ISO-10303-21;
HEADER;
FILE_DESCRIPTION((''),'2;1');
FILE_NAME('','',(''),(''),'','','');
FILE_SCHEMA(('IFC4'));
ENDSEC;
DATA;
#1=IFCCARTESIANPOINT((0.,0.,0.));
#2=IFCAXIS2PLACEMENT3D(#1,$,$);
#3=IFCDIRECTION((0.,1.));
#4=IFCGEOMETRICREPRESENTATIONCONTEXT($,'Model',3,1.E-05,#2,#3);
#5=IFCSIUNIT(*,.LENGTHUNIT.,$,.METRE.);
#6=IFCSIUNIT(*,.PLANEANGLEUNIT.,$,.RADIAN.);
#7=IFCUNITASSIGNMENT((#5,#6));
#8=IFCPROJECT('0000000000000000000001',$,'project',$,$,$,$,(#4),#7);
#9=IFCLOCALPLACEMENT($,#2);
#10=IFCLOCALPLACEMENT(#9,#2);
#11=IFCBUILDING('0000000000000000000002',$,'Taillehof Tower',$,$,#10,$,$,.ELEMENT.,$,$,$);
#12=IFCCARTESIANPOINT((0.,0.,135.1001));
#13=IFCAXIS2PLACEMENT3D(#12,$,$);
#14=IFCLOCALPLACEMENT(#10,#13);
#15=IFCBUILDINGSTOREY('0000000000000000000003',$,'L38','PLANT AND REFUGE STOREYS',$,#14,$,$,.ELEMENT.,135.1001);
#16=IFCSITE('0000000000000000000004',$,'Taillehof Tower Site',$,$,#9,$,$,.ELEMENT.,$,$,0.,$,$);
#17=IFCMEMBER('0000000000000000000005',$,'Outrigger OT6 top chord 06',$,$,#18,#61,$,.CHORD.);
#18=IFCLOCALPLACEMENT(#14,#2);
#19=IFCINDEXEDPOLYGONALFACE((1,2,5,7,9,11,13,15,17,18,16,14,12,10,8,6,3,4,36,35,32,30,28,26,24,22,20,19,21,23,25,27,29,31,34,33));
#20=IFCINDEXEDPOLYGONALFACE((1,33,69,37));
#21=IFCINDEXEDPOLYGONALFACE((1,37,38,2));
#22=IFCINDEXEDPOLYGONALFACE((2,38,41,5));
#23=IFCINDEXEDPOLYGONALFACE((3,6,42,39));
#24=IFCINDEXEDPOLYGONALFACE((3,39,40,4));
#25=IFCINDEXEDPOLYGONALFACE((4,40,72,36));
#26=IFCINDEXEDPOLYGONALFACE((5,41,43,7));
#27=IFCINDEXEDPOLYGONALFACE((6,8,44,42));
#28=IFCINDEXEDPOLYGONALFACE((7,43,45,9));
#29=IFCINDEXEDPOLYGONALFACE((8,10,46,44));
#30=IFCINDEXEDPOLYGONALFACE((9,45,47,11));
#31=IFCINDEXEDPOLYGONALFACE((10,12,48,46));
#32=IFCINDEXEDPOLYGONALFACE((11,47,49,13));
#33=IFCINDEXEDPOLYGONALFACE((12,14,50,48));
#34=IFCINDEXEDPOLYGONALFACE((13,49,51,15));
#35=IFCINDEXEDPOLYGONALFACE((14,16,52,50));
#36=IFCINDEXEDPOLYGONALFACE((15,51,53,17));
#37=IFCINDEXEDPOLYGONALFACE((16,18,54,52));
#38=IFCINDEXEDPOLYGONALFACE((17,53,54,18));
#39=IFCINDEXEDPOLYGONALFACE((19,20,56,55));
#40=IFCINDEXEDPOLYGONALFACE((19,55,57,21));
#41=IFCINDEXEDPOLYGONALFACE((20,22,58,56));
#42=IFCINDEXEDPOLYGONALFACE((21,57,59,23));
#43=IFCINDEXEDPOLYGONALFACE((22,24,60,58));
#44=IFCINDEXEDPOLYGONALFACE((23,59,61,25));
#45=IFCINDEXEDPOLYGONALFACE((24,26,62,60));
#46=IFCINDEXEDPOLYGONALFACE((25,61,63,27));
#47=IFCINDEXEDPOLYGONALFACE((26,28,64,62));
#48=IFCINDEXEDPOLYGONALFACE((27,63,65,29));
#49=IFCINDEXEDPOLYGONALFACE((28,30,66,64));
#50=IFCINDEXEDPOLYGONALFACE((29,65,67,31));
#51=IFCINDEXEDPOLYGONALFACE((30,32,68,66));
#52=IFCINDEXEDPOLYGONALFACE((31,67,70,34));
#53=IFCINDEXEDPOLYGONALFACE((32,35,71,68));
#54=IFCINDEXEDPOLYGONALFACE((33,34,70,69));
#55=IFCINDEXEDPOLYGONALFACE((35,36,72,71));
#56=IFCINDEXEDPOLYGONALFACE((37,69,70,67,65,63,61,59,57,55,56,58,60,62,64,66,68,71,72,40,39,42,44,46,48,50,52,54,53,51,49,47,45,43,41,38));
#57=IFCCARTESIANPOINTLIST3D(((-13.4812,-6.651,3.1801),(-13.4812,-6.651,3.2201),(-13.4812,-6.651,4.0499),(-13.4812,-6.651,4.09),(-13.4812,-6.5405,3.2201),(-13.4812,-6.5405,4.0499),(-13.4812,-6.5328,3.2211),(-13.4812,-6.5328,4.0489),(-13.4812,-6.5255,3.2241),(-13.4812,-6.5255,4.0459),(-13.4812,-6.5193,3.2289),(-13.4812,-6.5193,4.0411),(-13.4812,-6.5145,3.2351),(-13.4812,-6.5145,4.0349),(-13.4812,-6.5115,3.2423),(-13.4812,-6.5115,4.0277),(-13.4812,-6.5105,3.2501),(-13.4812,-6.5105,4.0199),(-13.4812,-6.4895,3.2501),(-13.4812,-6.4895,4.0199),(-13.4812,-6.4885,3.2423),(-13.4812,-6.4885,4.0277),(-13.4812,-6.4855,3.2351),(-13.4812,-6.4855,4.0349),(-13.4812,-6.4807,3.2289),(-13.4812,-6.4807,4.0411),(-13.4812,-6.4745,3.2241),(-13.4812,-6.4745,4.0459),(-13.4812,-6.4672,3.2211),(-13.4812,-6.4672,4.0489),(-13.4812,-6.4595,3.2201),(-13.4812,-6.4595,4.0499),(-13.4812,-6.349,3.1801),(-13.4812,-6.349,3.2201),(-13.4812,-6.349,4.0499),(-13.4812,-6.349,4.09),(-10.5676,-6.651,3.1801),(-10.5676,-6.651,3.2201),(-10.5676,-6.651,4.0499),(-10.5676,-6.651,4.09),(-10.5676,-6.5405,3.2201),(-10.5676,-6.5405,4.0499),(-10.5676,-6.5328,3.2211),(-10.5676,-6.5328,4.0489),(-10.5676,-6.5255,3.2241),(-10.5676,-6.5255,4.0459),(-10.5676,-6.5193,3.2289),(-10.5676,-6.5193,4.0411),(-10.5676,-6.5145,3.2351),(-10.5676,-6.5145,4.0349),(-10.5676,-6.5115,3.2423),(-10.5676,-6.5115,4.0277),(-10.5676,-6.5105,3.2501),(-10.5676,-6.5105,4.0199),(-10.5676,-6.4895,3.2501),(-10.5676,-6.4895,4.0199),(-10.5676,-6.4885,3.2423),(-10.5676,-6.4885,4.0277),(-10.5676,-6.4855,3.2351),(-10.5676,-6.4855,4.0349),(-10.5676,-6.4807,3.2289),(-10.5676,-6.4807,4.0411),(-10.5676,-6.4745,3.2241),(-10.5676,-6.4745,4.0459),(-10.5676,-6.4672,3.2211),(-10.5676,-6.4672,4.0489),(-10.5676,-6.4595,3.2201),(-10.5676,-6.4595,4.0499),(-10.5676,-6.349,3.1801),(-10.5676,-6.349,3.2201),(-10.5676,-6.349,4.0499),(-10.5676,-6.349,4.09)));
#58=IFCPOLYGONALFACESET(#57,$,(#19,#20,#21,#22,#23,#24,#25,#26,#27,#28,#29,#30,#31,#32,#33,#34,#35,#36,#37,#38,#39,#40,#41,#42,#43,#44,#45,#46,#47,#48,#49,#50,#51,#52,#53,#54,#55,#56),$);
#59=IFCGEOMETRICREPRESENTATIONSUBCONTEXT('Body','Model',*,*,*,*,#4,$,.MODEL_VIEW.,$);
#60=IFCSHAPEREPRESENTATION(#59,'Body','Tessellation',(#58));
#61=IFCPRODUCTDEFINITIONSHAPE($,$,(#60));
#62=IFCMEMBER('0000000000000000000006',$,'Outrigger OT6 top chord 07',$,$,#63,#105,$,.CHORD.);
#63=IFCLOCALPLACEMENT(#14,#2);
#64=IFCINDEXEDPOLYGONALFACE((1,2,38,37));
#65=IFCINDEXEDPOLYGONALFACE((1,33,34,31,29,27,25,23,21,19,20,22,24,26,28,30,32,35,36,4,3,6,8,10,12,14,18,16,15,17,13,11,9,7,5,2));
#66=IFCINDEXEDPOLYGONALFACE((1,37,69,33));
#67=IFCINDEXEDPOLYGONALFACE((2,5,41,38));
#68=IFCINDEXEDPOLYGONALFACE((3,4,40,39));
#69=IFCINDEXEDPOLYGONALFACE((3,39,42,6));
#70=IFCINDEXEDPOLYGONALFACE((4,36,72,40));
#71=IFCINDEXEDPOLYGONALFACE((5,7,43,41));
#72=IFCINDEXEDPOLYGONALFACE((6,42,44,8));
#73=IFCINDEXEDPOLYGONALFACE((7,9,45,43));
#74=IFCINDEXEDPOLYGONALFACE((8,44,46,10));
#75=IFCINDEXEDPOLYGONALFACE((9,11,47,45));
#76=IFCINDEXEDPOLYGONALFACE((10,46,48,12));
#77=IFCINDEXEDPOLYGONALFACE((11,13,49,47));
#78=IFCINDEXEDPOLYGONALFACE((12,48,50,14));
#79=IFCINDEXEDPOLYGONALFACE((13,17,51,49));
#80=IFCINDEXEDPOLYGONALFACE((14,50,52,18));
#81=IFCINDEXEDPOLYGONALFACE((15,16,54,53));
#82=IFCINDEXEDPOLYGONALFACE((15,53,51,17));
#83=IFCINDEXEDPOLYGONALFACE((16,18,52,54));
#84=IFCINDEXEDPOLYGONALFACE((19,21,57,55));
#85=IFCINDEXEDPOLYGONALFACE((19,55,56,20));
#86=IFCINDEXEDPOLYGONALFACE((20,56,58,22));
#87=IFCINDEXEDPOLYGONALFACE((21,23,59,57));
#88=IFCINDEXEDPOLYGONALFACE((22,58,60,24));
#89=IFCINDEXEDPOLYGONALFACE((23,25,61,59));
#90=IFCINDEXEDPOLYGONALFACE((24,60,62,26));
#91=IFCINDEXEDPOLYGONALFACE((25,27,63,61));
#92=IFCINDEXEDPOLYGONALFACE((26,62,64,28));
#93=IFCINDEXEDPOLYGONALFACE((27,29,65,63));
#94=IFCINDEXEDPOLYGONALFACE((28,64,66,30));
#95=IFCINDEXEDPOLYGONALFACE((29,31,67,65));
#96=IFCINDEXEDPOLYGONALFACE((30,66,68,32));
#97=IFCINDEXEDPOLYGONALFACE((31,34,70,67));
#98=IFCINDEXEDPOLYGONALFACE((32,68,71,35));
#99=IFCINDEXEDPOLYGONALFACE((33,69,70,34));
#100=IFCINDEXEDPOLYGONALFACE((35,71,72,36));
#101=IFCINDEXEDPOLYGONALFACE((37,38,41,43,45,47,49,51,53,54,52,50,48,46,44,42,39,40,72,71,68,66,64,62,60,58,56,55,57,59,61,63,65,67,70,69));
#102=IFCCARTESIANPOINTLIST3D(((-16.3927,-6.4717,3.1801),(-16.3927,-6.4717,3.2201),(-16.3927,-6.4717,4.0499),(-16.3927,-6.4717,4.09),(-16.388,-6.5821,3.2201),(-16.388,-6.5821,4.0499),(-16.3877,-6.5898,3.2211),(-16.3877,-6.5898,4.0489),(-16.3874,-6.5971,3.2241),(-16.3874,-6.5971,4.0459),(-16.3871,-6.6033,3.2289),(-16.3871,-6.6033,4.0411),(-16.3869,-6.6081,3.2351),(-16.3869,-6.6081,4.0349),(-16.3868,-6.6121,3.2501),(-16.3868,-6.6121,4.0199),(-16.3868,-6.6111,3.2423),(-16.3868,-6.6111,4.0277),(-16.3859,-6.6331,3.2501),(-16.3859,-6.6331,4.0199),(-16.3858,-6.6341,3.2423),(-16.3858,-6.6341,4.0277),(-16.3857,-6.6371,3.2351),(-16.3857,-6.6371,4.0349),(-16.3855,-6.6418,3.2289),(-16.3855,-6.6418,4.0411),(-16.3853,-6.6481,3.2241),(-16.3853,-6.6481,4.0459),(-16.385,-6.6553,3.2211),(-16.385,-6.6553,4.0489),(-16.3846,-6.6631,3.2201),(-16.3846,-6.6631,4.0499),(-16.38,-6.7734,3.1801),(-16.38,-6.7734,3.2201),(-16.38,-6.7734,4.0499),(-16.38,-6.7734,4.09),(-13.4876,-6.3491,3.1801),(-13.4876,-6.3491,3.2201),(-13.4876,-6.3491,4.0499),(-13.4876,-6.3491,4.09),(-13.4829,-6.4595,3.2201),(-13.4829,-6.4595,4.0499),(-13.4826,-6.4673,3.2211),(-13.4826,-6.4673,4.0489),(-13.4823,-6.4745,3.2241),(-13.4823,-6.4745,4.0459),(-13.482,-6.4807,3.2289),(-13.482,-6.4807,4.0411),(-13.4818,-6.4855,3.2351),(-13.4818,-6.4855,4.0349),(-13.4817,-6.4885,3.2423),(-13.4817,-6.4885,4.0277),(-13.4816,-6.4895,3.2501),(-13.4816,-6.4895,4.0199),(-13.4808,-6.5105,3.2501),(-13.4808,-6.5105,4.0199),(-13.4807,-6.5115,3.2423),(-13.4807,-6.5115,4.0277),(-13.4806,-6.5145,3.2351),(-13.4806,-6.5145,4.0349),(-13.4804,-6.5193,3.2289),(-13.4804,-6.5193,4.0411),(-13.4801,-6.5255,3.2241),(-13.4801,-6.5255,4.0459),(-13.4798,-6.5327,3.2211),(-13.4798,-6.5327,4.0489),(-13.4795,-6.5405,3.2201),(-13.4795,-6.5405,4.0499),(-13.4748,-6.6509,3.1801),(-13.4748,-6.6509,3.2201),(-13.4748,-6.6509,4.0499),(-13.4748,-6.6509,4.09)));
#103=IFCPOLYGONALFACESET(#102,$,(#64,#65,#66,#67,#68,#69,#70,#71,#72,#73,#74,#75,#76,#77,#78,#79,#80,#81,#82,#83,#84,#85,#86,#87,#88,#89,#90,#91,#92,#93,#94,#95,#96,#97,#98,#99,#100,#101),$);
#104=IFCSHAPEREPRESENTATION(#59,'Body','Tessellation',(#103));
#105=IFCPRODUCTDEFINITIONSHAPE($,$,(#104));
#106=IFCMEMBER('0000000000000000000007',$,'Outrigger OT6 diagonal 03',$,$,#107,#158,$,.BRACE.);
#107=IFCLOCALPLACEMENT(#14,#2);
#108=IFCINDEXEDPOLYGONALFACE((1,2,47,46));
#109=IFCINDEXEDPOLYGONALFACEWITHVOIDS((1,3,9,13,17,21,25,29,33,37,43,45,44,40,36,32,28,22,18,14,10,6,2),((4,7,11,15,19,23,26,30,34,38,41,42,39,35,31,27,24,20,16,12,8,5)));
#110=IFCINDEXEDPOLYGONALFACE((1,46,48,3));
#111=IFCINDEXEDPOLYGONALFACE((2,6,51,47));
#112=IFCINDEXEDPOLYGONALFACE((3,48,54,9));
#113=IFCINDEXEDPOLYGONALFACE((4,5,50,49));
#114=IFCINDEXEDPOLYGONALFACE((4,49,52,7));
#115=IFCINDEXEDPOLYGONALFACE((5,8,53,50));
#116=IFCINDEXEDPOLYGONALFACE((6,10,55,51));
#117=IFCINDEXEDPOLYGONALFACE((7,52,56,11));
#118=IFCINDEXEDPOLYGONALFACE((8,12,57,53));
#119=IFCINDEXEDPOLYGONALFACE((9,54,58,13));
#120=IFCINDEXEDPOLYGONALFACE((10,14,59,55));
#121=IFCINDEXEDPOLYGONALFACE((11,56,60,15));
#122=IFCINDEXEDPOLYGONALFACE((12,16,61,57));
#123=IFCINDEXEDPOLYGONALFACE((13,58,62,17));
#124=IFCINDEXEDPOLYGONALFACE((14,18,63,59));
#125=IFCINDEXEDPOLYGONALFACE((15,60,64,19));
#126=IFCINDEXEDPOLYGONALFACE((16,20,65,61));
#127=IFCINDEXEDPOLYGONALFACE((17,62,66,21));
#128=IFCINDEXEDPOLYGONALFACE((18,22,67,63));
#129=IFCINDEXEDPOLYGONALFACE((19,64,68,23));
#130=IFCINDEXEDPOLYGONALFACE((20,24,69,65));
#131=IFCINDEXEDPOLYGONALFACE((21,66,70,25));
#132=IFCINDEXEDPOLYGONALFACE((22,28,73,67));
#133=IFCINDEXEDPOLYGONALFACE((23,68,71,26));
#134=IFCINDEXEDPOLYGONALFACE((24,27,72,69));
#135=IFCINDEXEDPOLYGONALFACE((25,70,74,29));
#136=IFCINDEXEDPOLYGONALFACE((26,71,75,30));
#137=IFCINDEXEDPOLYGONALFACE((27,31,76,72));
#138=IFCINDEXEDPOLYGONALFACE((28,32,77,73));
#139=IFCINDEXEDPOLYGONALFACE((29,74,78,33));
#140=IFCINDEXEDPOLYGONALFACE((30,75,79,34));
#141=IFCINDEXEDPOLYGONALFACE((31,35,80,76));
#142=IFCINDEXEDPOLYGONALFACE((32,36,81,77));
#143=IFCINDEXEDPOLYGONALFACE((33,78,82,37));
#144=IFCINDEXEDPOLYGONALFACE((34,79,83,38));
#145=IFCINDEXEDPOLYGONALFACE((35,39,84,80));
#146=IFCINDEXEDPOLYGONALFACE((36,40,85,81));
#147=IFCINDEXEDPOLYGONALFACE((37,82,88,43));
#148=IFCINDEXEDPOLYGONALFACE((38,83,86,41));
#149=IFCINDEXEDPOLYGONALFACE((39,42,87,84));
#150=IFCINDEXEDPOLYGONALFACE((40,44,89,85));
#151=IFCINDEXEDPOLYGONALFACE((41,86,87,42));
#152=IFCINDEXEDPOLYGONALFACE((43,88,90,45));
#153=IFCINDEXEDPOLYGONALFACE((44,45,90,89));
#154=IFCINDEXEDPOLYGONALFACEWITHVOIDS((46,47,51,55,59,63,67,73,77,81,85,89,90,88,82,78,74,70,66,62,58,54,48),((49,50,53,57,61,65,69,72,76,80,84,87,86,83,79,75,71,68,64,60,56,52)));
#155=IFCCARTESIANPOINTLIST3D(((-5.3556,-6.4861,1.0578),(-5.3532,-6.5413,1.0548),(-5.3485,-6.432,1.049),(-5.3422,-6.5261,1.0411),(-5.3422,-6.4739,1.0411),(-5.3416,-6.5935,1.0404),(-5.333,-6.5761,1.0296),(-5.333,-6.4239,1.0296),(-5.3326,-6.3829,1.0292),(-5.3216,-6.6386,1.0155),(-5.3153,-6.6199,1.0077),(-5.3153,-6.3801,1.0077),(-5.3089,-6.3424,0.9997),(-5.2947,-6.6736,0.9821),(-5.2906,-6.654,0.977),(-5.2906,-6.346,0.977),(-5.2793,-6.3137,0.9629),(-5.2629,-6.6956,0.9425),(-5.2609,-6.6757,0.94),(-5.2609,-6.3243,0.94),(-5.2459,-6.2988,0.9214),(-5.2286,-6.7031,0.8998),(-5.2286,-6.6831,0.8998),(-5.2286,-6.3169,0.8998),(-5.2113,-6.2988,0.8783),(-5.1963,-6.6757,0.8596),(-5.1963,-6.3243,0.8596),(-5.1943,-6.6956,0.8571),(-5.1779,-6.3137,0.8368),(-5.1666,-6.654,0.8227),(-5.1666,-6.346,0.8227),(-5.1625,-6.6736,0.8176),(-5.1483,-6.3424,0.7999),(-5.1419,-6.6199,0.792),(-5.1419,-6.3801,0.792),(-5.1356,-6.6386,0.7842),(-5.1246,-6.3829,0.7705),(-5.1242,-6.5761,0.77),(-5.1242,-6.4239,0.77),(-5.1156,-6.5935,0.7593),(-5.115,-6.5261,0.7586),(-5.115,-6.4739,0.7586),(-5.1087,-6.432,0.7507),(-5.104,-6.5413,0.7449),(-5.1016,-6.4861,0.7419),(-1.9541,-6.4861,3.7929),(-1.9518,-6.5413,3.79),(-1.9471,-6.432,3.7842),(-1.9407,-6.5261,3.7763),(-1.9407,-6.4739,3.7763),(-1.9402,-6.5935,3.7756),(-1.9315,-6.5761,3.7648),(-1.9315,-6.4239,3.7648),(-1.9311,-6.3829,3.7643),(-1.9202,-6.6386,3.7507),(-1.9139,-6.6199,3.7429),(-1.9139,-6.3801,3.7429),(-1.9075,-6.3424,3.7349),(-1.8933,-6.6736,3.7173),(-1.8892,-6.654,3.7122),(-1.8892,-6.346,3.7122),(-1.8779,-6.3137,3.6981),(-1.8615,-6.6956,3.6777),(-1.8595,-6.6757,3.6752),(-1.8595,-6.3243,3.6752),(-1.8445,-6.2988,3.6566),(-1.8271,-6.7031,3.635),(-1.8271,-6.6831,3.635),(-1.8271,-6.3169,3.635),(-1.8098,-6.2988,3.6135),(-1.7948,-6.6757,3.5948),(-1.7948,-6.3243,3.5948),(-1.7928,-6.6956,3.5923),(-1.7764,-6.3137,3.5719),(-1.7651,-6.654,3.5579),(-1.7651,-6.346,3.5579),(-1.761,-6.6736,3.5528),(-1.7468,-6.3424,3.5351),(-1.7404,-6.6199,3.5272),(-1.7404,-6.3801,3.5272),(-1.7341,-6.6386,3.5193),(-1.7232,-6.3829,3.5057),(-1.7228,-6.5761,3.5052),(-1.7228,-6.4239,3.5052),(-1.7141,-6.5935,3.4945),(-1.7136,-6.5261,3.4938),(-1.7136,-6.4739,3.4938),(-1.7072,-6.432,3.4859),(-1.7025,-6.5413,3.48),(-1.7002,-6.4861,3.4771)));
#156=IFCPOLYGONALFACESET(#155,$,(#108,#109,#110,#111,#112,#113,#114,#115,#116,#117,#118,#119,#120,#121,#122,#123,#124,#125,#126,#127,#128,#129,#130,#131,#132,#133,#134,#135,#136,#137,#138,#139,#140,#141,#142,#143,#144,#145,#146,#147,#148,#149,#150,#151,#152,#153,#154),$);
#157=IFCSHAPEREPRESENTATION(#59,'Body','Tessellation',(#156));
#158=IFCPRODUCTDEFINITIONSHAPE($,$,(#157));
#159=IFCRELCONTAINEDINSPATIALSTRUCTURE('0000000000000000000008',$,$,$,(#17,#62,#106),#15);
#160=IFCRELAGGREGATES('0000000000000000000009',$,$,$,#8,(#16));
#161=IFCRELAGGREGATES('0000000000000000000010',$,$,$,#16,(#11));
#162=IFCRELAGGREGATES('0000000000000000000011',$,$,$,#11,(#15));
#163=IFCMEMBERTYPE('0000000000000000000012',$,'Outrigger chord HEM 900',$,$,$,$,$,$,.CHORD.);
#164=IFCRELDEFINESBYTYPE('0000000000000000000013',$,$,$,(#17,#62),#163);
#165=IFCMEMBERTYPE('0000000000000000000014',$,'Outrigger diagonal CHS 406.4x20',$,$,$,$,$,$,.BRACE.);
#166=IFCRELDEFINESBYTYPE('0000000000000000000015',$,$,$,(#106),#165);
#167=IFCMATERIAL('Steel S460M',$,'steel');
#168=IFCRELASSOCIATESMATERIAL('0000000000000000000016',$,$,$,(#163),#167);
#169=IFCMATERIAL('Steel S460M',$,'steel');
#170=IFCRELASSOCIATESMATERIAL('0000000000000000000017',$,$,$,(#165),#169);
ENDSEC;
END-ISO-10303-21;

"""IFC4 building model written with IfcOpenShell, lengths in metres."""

from ifc_helpers import new_model, si_unit, direction, frame, origin, origin_2d, place, context, subcontext, project, spatial, hollow_circle, i_section, extrude, material, material_profile, profile_set, type_object, element, save


model = new_model("IFC4")

# Units and contexts
model_context = context("Model", 3, precision=1e-05, world=origin(), true_north=direction((0.0, 1.0)))
body_context = subcontext(model_context, "Body", "Model", "MODEL_VIEW")
ifc_project = project(units=[si_unit("LENGTHUNIT", "METRE"), si_unit("PLANEANGLEUNIT", "RADIAN")], contexts=[model_context])

# Site, building, storey
site_placement = place(None, origin())
site = spatial("IfcSite", under=ifc_project, at=site_placement, Name="Taillehof Tower Site", CompositionType="ELEMENT", RefElevation=0.0)
building_placement = place(site_placement, origin())
building = spatial("IfcBuilding", under=site, at=building_placement, Name="Taillehof Tower", CompositionType="ELEMENT")
storey_placement = place(building_placement, frame((0.0, 0.0, 135.1001)))
storey = spatial("IfcBuildingStorey", under=building, at=storey_placement, Name="L38", Description="PLANT AND REFUGE STOREYS", CompositionType="ELEMENT", Elevation=135.1001)

# Members
ifc_material_1 = material(Name="Steel S460M", Category="steel")
ifc_material_profile_1 = material_profile(ifc_material_1, i_section(OverallWidth=0.302, OverallDepth=0.9099, WebThickness=0.021, FlangeThickness=0.04, FilletRadius=0.03, at=origin_2d()), Name="HEM 900")
ifc_profile_set_1 = profile_set([ifc_material_profile_1], Name="Steel S460M")
member_type_1 = type_object("IfcMemberType", Name="Outrigger chord HEM 900", PredefinedType="CHORD", material=ifc_profile_set_1)
member_1_placement = place(storey_placement, frame((-10.5676, -6.5, 3.635), z_axis=(-1.0, 0.0, 0.0), x_axis=(0.0, -1.0, 0.0)))
element("IfcMember", 1, at=member_1_placement, inside=storey, type_object=member_type_1, Name="Outrigger OT6 top chord 06", PredefinedType="CHORD", context=body_context, shape_type="SweptSolid", body=[
    extrude(i_section(OverallWidth=0.302, OverallDepth=0.9099, WebThickness=0.021, FlangeThickness=0.04, FilletRadius=0.03, at=origin_2d()), origin(), (0.0, 0.0, 1.0), 2.9136),
])
member_2_placement = place(storey_placement, frame((-13.4812, -6.5, 3.635), z_axis=(-0.999111, -0.042151, 0.0), x_axis=(0.042151, -0.999111, 0.0)))
element("IfcMember", 2, at=member_2_placement, inside=storey, type_object=member_type_1, Name="Outrigger OT6 top chord 07", PredefinedType="CHORD", context=body_context, shape_type="SweptSolid", body=[
    extrude(i_section(OverallWidth=0.302, OverallDepth=0.9099, WebThickness=0.021, FlangeThickness=0.04, FilletRadius=0.03, at=origin_2d()), origin(), (0.0, 0.0, 1.0), 2.9077),
])
ifc_material_2 = material(Name="Steel S460M", Category="steel")
ifc_material_profile_2 = material_profile(ifc_material_2, hollow_circle(Radius=0.2031, WallThickness=0.02, at=origin_2d()), Name="CHS 406.4x20")
ifc_profile_set_2 = profile_set([ifc_material_profile_2], Name="Steel S460M")
member_type_2 = type_object("IfcMemberType", Name="Outrigger diagonal CHS 406.4x20", PredefinedType="BRACE", material=ifc_profile_set_2)
member_3_placement = place(storey_placement, frame((-1.8271, -6.5, 3.635), z_axis=(-0.7793, 0.0, -0.626651), x_axis=(0.0, -1.0, 0.0)))
element("IfcMember", 3, at=member_3_placement, inside=storey, type_object=member_type_2, Name="Outrigger OT6 diagonal 03", PredefinedType="BRACE", context=body_context, shape_type="SweptSolid", body=[
    extrude(hollow_circle(Radius=0.2031, WallThickness=0.02, at=origin_2d()), origin(), (0.0, 0.0, 1.0), 4.3647),
])

save(model, "model.ifc")
